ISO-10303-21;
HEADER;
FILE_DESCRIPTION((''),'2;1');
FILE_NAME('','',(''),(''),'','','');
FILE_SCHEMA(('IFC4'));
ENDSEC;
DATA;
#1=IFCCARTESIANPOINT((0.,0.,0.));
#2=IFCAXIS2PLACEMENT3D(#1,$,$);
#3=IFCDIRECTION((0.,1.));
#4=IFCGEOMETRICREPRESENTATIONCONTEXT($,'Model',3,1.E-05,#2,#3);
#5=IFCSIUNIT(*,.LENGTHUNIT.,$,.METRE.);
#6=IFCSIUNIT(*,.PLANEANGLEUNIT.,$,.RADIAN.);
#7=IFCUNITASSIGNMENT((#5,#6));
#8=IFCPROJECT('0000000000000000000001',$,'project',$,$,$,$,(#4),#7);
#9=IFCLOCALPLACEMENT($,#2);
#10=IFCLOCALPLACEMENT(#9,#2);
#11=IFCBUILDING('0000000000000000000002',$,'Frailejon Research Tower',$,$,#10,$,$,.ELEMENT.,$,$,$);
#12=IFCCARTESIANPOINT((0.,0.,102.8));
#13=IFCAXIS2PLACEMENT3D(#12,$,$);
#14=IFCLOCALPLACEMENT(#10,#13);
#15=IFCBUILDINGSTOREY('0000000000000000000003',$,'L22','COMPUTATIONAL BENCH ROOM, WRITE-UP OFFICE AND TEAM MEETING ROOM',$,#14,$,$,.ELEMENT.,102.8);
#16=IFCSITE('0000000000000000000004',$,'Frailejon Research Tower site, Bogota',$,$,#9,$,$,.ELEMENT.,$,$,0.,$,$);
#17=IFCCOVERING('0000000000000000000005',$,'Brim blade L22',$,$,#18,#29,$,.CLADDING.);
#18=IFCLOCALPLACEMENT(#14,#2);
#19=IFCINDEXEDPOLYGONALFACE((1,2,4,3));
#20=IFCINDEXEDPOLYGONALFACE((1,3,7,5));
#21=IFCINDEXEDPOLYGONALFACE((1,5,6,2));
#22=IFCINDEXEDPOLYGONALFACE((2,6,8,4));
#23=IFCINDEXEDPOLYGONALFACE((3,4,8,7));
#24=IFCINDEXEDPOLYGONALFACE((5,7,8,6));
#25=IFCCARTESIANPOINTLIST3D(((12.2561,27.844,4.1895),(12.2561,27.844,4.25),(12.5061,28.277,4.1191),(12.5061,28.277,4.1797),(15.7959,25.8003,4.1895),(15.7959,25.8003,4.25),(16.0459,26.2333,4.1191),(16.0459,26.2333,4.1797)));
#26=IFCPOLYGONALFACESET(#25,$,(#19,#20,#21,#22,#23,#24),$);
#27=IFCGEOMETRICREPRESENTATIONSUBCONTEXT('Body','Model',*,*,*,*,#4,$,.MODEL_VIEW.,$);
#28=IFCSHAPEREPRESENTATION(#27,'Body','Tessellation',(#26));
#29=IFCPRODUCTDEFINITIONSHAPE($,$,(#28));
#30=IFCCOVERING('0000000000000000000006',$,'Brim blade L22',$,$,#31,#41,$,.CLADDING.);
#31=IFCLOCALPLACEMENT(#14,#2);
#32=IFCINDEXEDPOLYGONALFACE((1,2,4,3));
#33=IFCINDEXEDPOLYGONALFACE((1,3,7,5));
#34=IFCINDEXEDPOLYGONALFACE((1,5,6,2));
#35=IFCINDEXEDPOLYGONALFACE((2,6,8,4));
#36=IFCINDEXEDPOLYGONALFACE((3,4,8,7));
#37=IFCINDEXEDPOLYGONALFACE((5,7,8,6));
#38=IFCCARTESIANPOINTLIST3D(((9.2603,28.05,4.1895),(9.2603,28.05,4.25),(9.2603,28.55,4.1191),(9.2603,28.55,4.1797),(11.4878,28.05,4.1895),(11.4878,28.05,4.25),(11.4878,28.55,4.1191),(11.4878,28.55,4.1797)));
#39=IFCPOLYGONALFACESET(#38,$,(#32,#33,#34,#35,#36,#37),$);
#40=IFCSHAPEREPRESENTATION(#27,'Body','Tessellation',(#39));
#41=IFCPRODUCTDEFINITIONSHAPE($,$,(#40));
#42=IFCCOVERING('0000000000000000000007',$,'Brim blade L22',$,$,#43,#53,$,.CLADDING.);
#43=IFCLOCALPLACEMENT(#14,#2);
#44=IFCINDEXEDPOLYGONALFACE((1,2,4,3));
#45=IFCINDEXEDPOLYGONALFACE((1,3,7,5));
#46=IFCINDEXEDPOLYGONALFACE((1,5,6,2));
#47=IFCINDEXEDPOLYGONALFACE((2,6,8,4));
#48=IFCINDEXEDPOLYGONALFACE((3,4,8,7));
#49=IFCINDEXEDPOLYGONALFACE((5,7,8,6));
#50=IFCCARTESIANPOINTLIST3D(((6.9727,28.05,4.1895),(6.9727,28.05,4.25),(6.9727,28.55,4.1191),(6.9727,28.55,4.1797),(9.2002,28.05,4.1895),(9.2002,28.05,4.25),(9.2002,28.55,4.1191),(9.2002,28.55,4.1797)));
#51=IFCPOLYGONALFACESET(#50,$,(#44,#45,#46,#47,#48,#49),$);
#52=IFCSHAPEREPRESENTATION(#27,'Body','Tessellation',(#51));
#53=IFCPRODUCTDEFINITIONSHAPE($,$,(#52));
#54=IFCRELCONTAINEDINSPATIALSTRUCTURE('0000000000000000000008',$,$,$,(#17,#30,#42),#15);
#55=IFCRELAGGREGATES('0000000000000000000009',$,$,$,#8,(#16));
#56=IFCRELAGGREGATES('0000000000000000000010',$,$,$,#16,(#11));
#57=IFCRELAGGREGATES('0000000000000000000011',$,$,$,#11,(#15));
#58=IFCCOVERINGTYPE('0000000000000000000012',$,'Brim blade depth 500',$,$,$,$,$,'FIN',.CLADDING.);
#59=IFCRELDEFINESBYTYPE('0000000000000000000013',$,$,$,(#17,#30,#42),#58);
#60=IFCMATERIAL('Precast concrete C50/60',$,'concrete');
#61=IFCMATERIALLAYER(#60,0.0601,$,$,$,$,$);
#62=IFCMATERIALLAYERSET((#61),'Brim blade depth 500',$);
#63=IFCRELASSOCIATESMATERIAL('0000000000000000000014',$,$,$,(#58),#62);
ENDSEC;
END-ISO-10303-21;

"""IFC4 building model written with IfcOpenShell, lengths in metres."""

from ifc_helpers import new_model, si_unit, direction, frame, origin, place, context, subcontext, project, spatial, polyline, outline, extrude, material, layer, layer_set, type_object, element, save


model = new_model("IFC4")

# Units and contexts
model_context = context("Model", 3, precision=1e-05, world=origin(), true_north=direction((0.0, 1.0)))
body_context = subcontext(model_context, "Body", "Model", "MODEL_VIEW")
ifc_project = project(units=[si_unit("LENGTHUNIT", "METRE"), si_unit("PLANEANGLEUNIT", "RADIAN")], contexts=[model_context])

# Site, building, storey
site_placement = place(None, origin())
site = spatial("IfcSite", under=ifc_project, at=site_placement, Name="Frailejon Research Tower site, Bogota", CompositionType="ELEMENT", RefElevation=0.0)
building_placement = place(site_placement, origin())
building = spatial("IfcBuilding", under=site, at=building_placement, Name="Frailejon Research Tower", CompositionType="ELEMENT")
storey_placement = place(building_placement, frame((0.0, 0.0, 102.8)))
storey = spatial("IfcBuildingStorey", under=building, at=storey_placement, Name="L22", Description="COMPUTATIONAL BENCH ROOM, WRITE-UP OFFICE AND TEAM MEETING ROOM", CompositionType="ELEMENT", Elevation=102.8)

# Coverings
ifc_material_1 = material(Name="Precast concrete C50/60", Category="concrete")
ifc_layer_1 = layer(ifc_material_1, 0.0601)
ifc_layer_set_1 = layer_set([ifc_layer_1], Name="Brim blade depth 500")
covering_type_1 = type_object("IfcCoveringType", Name="Brim blade depth 500", ElementType="FIN", PredefinedType="CLADDING", material=ifc_layer_set_1)
covering_placement = place(storey_placement, frame((12.2561, 27.844, 4.25), z_axis=(0.866021, -0.500007, 0.0), x_axis=(0.500007, 0.866021, 0.0)))
element("IfcCovering", 1, at=covering_placement, inside=storey, type_object=covering_type_1, Name="Brim blade L22", PredefinedType="CLADDING", context=body_context, shape_type="SweptSolid", body=[
    extrude(outline(polyline([(0.0, -0.0605), (0.5, -0.1309), (0.5, -0.0703), (0.0, 0.0), (0.0, -0.0605)])), origin(), (0.0, 0.0, 1.0), 4.0874),
])
for number, where, z_axis, x_axis, name in (
    (2, (9.2603, 28.05, 4.25), (1.0, 0.0, 0.0), (0.0, 1.0, 0.0), "Brim blade L22"),
    (3, (6.9727, 28.05, 4.25), (1.0, 0.0, 0.0), (0.0, 1.0, 0.0), "Brim blade L22"),
):
    element("IfcCovering", number, at=place(storey_placement, frame(where, z_axis=z_axis, x_axis=x_axis)), inside=storey, type_object=covering_type_1, Name=name, PredefinedType="CLADDING", context=body_context, shape_type="SweptSolid", body=[
        extrude(outline(polyline([(0.0, -0.0605), (0.5, -0.1309), (0.5, -0.0703), (0.0, 0.0), (0.0, -0.0605)])), origin(), (0.0, 0.0, 1.0), 2.2275),
    ])

save(model, "model.ifc")
